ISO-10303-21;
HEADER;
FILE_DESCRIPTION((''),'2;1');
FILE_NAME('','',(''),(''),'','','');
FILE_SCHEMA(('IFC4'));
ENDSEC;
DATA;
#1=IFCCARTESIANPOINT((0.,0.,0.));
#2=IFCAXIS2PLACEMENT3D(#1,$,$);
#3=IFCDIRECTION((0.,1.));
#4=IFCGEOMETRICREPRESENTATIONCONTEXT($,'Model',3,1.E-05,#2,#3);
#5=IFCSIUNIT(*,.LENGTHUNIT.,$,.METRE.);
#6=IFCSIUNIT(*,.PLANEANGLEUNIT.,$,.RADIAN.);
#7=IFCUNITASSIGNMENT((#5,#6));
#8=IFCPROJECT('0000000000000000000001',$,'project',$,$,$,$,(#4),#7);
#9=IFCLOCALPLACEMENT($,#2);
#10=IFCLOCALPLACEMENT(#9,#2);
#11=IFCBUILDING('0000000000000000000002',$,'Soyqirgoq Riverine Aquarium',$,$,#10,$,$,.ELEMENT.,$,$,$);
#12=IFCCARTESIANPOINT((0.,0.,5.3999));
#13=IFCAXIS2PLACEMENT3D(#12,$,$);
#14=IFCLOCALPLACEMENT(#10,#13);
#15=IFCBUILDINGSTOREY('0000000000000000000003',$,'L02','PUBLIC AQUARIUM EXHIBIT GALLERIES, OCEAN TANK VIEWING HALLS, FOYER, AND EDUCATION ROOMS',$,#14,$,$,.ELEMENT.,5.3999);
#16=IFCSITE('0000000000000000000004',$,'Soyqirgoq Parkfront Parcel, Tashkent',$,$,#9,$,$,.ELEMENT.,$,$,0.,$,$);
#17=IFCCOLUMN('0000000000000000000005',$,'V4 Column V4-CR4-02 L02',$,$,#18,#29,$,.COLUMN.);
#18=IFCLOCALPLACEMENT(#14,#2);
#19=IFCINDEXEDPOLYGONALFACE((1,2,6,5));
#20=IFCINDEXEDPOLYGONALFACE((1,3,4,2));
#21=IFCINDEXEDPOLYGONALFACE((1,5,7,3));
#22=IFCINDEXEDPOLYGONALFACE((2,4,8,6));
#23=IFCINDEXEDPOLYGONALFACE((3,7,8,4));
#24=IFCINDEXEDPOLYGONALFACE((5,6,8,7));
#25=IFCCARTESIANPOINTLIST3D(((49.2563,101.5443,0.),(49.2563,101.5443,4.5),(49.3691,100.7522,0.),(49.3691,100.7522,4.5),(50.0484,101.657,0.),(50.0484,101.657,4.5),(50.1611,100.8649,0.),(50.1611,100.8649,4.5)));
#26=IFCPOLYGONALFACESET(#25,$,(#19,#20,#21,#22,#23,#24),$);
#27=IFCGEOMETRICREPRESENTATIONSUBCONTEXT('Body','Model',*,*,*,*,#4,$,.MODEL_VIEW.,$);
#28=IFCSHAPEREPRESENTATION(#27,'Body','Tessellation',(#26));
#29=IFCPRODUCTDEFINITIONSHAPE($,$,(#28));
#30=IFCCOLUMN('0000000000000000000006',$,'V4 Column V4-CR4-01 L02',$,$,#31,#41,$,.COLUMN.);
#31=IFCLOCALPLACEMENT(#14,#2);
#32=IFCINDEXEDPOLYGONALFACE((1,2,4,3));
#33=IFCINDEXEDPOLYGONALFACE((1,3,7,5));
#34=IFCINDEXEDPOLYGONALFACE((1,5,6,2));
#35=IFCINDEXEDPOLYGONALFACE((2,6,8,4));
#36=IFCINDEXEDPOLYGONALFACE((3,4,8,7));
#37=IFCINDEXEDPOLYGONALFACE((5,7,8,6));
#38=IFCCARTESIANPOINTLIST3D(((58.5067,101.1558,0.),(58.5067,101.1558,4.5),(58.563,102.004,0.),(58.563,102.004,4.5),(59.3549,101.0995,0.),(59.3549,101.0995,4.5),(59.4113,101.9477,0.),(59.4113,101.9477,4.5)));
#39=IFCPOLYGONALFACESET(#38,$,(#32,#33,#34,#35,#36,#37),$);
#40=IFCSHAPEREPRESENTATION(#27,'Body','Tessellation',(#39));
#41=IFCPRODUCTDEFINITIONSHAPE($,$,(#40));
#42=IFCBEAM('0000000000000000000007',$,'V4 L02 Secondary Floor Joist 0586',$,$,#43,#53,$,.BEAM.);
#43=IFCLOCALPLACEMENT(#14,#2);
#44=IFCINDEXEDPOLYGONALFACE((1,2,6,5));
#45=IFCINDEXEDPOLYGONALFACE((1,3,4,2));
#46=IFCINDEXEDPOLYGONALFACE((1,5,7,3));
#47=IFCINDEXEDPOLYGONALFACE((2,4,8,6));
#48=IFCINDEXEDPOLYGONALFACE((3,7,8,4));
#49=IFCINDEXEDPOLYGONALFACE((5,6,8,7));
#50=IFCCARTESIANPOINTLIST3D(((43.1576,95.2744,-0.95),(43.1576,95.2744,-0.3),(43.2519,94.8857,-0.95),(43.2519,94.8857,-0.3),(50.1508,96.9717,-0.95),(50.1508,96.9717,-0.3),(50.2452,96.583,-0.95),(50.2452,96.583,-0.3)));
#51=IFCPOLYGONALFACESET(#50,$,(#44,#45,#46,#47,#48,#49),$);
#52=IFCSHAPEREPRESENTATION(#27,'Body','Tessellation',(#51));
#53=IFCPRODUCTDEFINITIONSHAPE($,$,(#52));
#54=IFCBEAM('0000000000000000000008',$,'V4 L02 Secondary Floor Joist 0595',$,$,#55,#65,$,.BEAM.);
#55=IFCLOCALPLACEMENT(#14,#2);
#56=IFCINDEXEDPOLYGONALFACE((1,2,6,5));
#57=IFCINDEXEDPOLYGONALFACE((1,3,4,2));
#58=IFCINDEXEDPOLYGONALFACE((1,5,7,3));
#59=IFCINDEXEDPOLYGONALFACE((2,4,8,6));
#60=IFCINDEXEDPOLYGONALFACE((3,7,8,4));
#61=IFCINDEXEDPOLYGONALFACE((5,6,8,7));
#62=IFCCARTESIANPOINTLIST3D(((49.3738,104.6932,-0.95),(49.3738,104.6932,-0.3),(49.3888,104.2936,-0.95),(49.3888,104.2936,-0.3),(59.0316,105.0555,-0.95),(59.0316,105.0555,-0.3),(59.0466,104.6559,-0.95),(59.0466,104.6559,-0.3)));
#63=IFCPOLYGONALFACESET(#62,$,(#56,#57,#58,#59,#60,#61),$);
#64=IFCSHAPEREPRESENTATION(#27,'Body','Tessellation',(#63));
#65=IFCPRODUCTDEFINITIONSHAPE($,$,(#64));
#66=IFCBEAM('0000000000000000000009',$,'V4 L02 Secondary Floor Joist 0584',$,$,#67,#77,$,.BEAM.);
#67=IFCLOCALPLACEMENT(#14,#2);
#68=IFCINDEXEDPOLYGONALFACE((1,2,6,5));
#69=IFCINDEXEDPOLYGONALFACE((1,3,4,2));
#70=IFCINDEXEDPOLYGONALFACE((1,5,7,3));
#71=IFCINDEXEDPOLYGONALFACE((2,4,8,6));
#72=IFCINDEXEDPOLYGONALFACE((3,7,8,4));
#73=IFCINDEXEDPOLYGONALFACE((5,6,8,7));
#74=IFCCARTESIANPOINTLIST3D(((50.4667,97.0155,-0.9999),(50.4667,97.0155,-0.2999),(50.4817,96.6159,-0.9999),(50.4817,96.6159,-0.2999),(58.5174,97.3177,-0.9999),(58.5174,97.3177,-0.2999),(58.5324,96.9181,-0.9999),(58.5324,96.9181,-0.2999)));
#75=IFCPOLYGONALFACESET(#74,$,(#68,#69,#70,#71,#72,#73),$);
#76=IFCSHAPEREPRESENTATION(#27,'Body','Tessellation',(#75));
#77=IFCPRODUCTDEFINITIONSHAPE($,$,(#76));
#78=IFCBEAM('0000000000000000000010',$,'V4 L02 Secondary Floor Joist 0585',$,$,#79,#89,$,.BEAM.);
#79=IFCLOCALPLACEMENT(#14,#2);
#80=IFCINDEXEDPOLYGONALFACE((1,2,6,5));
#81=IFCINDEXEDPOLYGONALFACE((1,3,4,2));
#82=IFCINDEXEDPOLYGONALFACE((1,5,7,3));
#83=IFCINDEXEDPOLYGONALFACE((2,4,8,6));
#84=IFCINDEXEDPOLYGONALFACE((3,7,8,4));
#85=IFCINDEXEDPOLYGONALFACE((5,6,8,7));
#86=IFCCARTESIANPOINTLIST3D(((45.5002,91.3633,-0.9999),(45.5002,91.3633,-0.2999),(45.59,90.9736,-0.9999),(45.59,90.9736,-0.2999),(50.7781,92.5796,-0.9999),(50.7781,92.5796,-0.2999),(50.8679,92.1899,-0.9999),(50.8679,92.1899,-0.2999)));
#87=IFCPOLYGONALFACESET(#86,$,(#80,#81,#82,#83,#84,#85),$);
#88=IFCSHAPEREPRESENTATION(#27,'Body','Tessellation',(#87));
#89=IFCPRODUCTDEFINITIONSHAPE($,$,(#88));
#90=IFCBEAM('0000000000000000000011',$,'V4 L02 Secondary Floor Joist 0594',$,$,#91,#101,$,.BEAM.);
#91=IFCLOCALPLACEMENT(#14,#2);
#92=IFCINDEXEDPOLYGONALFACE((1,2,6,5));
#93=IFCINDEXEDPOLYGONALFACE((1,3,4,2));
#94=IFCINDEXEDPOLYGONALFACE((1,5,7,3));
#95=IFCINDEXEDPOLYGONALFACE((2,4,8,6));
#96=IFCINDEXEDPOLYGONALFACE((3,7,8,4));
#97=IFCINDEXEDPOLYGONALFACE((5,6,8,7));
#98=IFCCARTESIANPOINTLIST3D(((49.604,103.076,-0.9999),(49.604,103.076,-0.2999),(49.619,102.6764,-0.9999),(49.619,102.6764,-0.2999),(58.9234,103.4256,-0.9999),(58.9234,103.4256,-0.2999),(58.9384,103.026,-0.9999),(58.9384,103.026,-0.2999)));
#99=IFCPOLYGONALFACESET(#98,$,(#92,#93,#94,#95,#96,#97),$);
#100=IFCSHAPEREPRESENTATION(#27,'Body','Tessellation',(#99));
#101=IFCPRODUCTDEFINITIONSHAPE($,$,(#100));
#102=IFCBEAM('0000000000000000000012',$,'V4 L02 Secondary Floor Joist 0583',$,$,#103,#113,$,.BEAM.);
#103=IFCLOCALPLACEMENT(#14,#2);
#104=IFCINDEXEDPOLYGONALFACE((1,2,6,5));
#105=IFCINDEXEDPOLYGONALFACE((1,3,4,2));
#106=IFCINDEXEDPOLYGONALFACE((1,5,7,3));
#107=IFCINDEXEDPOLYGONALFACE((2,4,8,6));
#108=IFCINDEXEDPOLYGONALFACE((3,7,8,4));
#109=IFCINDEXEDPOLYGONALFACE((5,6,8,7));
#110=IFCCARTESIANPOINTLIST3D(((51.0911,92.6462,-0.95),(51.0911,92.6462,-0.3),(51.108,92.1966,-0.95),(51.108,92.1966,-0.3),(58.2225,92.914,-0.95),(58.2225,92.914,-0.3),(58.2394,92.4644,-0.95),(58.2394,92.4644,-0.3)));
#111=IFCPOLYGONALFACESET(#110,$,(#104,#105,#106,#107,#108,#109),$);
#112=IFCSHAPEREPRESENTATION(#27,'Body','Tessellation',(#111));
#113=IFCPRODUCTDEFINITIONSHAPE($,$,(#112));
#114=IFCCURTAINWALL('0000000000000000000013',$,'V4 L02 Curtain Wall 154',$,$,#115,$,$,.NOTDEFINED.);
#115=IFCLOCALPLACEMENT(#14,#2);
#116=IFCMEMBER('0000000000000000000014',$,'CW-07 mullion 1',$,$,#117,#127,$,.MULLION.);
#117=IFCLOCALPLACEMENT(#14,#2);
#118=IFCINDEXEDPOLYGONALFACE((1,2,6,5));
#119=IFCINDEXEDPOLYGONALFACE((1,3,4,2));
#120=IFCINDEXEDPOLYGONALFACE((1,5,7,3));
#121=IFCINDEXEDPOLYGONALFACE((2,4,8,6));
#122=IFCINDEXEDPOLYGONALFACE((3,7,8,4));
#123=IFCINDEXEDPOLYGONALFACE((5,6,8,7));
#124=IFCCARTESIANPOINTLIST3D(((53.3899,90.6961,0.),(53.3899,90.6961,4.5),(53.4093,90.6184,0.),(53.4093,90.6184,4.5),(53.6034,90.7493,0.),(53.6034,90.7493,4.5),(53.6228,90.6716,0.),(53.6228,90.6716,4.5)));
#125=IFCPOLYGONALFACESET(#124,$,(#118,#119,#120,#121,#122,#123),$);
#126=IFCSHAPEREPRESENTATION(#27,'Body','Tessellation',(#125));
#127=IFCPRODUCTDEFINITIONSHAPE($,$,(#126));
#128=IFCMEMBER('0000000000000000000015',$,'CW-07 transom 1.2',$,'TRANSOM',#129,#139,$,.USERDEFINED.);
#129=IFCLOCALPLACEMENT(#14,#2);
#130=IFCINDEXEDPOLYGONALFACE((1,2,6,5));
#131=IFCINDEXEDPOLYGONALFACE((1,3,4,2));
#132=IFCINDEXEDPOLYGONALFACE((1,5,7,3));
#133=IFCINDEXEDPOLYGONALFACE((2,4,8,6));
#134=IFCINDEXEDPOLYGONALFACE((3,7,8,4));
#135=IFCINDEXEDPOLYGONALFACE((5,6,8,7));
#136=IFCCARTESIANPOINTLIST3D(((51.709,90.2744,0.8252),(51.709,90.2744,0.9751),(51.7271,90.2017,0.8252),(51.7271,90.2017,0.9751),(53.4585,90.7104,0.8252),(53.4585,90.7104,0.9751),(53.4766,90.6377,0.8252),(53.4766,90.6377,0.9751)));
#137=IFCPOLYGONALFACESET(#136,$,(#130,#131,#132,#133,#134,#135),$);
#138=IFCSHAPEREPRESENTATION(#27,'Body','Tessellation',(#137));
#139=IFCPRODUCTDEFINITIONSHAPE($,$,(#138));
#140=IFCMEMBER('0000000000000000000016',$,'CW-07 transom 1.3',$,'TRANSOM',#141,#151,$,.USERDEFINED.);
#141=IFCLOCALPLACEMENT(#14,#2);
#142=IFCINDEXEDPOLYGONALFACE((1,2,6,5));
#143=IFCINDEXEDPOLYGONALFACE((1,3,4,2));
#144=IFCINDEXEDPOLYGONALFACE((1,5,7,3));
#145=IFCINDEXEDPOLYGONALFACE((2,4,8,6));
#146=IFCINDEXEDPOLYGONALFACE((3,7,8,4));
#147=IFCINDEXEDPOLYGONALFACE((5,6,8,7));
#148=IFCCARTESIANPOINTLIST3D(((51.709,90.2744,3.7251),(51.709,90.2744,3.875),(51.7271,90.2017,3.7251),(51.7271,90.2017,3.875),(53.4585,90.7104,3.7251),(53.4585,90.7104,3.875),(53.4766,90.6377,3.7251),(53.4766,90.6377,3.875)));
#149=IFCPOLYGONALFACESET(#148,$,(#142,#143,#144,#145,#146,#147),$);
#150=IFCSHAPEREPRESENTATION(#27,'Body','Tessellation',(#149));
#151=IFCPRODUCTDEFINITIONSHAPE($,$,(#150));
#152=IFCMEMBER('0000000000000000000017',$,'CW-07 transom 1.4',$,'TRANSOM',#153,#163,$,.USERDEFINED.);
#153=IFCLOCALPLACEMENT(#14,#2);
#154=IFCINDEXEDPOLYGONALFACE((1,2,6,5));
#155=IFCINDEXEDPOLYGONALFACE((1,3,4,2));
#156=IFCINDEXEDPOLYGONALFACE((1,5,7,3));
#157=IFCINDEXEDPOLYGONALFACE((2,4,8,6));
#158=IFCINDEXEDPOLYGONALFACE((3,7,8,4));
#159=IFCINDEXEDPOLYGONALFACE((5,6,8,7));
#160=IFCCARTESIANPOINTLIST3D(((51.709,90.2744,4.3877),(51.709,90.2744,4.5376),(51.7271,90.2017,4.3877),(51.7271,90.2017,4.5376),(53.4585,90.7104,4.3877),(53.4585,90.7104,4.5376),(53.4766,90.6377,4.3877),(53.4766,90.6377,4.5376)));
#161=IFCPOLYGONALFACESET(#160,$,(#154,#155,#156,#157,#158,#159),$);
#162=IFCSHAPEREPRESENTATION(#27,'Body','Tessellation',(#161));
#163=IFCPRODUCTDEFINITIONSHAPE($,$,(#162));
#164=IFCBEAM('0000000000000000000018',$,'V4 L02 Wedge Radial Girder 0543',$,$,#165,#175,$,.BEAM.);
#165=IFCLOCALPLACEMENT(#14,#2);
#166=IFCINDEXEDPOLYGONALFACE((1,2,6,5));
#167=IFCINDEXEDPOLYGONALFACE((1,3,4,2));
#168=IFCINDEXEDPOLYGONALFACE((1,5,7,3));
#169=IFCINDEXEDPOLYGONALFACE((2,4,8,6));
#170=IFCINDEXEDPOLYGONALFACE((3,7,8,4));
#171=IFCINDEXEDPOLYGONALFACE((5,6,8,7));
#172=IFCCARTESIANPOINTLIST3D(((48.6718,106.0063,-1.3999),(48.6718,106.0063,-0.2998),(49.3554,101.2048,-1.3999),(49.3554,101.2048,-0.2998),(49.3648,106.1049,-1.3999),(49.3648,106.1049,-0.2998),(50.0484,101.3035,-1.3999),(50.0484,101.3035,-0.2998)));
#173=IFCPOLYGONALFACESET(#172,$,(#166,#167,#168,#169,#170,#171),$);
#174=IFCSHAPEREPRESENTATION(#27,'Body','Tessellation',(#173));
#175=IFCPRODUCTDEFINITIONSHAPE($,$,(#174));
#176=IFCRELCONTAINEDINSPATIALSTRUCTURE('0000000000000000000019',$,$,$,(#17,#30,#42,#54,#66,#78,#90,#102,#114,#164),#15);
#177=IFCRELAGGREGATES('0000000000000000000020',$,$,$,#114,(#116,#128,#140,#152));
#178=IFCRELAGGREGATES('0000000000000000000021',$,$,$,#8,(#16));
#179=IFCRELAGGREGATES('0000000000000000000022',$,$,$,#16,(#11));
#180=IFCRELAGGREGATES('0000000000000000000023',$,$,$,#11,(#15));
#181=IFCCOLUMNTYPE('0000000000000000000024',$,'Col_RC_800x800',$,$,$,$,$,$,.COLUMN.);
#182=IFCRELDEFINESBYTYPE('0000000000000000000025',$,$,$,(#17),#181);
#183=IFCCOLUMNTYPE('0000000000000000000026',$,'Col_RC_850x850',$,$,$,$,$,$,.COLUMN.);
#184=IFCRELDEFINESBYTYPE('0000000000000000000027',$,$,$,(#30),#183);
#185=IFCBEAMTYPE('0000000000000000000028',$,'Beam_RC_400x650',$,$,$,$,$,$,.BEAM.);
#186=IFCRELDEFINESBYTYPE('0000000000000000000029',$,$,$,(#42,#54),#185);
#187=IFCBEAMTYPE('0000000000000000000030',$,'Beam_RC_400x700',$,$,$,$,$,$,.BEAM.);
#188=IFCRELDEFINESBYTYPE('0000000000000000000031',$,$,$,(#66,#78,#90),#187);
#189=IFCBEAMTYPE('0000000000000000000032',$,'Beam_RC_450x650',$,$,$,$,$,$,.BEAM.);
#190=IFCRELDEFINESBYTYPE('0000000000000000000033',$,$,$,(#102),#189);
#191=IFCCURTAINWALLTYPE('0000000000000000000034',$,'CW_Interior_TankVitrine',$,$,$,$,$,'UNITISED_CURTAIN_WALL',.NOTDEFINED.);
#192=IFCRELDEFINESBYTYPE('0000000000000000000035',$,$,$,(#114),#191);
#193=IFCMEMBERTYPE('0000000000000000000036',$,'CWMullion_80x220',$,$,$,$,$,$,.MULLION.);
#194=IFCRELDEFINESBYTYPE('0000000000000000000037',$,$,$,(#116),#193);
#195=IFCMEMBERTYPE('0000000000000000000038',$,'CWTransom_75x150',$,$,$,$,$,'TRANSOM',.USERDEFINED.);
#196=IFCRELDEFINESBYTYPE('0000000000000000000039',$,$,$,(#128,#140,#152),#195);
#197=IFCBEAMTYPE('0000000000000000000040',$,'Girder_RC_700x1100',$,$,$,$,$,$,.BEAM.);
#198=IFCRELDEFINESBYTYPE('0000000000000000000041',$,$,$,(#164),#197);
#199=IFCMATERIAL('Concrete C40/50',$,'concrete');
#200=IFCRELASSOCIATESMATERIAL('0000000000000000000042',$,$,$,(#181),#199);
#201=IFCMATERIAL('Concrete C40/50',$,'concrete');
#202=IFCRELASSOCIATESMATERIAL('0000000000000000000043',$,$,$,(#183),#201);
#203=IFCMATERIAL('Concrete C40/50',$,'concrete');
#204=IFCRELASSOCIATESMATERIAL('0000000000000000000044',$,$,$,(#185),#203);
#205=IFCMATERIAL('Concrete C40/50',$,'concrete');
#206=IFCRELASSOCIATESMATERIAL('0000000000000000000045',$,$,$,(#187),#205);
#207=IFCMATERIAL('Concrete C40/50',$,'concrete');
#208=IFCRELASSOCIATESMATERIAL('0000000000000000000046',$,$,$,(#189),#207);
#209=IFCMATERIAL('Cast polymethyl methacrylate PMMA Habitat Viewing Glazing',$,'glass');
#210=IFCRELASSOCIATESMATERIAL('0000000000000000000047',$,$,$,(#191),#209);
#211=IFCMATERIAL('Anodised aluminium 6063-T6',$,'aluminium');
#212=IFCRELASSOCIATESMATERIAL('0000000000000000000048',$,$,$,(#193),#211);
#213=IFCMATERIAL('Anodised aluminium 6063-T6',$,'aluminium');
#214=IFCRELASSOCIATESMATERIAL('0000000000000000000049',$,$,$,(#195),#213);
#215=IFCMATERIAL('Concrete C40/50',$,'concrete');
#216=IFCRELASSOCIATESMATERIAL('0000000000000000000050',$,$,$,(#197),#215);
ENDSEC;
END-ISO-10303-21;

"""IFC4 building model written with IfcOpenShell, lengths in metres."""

from ifc_helpers import new_model, si_unit, direction, frame, origin, origin_2d, place, context, subcontext, project, spatial, rectangle, extrude, material, material_profile, profile_set, type_object, element, aggregate, save


model = new_model("IFC4")

# Units and contexts
model_context = context("Model", 3, precision=1e-05, world=origin(), true_north=direction((0.0, 1.0)))
body_context = subcontext(model_context, "Body", "Model", "MODEL_VIEW")
ifc_project = project(units=[si_unit("LENGTHUNIT", "METRE"), si_unit("PLANEANGLEUNIT", "RADIAN")], contexts=[model_context])

# Site, building, storey
site_placement = place(None, origin())
site = spatial("IfcSite", under=ifc_project, at=site_placement, Name="Soyqirgoq Parkfront Parcel, Tashkent", CompositionType="ELEMENT", RefElevation=0.0)
building_placement = place(site_placement, origin())
building = spatial("IfcBuilding", under=site, at=building_placement, Name="Soyqirgoq Riverine Aquarium", CompositionType="ELEMENT")
storey_placement = place(building_placement, frame((0.0, 0.0, 5.3999)))
storey = spatial("IfcBuildingStorey", under=building, at=storey_placement, Name="L02", Description="PUBLIC AQUARIUM EXHIBIT GALLERIES, OCEAN TANK VIEWING HALLS, FOYER, AND EDUCATION ROOMS", CompositionType="ELEMENT", Elevation=5.3999)

# Columns
ifc_material_1 = material(Name="Concrete C40/50", Category="concrete")
ifc_material_profile_1 = material_profile(ifc_material_1, rectangle(XDim=0.8, YDim=0.8, at=origin_2d()), Name="RC 800x800")
ifc_profile_set_1 = profile_set([ifc_material_profile_1], Name="Concrete C40/50")
column_type_1 = type_object("IfcColumnType", Name="Col_RC_800x800", PredefinedType="COLUMN", material=ifc_profile_set_1)
column_1_placement = place(storey_placement, frame((49.7087, 101.2046, 0.0), z_axis=(0.0, 0.0, 1.0), x_axis=(-0.140901, 0.990024, 0.0)))
element("IfcColumn", 1, at=column_1_placement, inside=storey, type_object=column_type_1, Name="V4 Column V4-CR4-02 L02", PredefinedType="COLUMN", context=body_context, shape_type="SweptSolid", body=[
    extrude(rectangle(XDim=0.8, YDim=0.8, at=origin_2d()), origin(), (0.0, 0.0, 1.0), 4.5),
])
ifc_material_2 = material(Name="Concrete C40/50", Category="concrete")
ifc_material_profile_2 = material_profile(ifc_material_2, rectangle(XDim=0.8501, YDim=0.8501, at=origin_2d()), Name="RC 850x850")
ifc_profile_set_2 = profile_set([ifc_material_profile_2], Name="Concrete C40/50")
column_type_2 = type_object("IfcColumnType", Name="Col_RC_850x850", PredefinedType="COLUMN", material=ifc_profile_set_2)
column_2_placement = place(storey_placement, frame((58.959, 101.5518, 0.0), z_axis=(0.0, 0.0, 1.0), x_axis=(0.066274, 0.997801, 0.0)))
element("IfcColumn", 2, at=column_2_placement, inside=storey, type_object=column_type_2, Name="V4 Column V4-CR4-01 L02", PredefinedType="COLUMN", context=body_context, shape_type="SweptSolid", body=[
    extrude(rectangle(XDim=0.8501, YDim=0.8501, at=origin_2d()), origin(), (0.0, 0.0, 1.0), 4.5),
])

# Beams
ifc_material_3 = material(Name="Concrete C40/50", Category="concrete")
ifc_material_profile_3 = material_profile(ifc_material_3, rectangle(XDim=0.3999, YDim=0.6499, at=origin_2d()), Name="RC 400x650")
ifc_profile_set_3 = profile_set([ifc_material_profile_3], Name="Concrete C40/50")
beam_type_1 = type_object("IfcBeamType", Name="Beam_RC_400x650", PredefinedType="BEAM", material=ifc_profile_set_3)
beam_1_placement = place(storey_placement, frame((50.198, 96.7773, -0.625), z_axis=(-0.971788, -0.235856, 0.0), x_axis=(0.235856, -0.971788, 0.0)))
element("IfcBeam", 3, at=beam_1_placement, inside=storey, type_object=beam_type_1, Name="V4 L02 Secondary Floor Joist 0586", PredefinedType="BEAM", context=body_context, shape_type="SweptSolid", body=[
    extrude(rectangle(XDim=0.3999, YDim=0.6499, at=origin_2d()), origin(), (0.0, 0.0, 1.0), 7.1963),
])
beam_2_placement = place(storey_placement, frame((59.0391, 104.8557, -0.625), z_axis=(-0.999297, -0.037488, 0.0), x_axis=(0.037488, -0.999297, 0.0)))
element("IfcBeam", 4, at=beam_2_placement, inside=storey, type_object=beam_type_1, Name="V4 L02 Secondary Floor Joist 0595", PredefinedType="BEAM", context=body_context, shape_type="SweptSolid", body=[
    extrude(rectangle(XDim=0.3999, YDim=0.6499, at=origin_2d()), origin(), (0.0, 0.0, 1.0), 9.6646),
])
ifc_material_4 = material(Name="Concrete C40/50", Category="concrete")
ifc_material_profile_4 = material_profile(ifc_material_4, rectangle(XDim=0.3999, YDim=0.7, at=origin_2d()), Name="RC 400x700")
ifc_profile_set_4 = profile_set([ifc_material_profile_4], Name="Concrete C40/50")
beam_type_2 = type_object("IfcBeamType", Name="Beam_RC_400x700", PredefinedType="BEAM", material=ifc_profile_set_4)
beam_3_placement = place(storey_placement, frame((58.5249, 97.1179, -0.6499), z_axis=(-0.999296, -0.037516, 0.0), x_axis=(0.037516, -0.999296, 0.0)))
element("IfcBeam", 5, at=beam_3_placement, inside=storey, type_object=beam_type_2, Name="V4 L02 Secondary Floor Joist 0584", PredefinedType="BEAM", context=body_context, shape_type="SweptSolid", body=[
    extrude(rectangle(XDim=0.3999, YDim=0.7, at=origin_2d()), origin(), (0.0, 0.0, 1.0), 8.0564),
])
beam_4_placement = place(storey_placement, frame((50.823, 92.3848, -0.6499), z_axis=(-0.974458, -0.22457, 0.0), x_axis=(0.22457, -0.974458, 0.0)))
element("IfcBeam", 6, at=beam_4_placement, inside=storey, type_object=beam_type_2, Name="V4 L02 Secondary Floor Joist 0585", PredefinedType="BEAM", context=body_context, shape_type="SweptSolid", body=[
    extrude(rectangle(XDim=0.3999, YDim=0.7, at=origin_2d()), origin(), (0.0, 0.0, 1.0), 5.4163),
])
beam_5_placement = place(storey_placement, frame((58.9309, 103.2258, -0.6499), z_axis=(-0.999297, -0.037488, 0.0), x_axis=(0.037488, -0.999297, 0.0)))
element("IfcBeam", 7, at=beam_5_placement, inside=storey, type_object=beam_type_2, Name="V4 L02 Secondary Floor Joist 0594", PredefinedType="BEAM", context=body_context, shape_type="SweptSolid", body=[
    extrude(rectangle(XDim=0.3999, YDim=0.7, at=origin_2d()), origin(), (0.0, 0.0, 1.0), 9.3259),
])
ifc_material_5 = material(Name="Concrete C40/50", Category="concrete")
ifc_material_profile_5 = material_profile(ifc_material_5, rectangle(XDim=0.45, YDim=0.6499, at=origin_2d()), Name="RC 450x650")
ifc_profile_set_5 = profile_set([ifc_material_profile_5], Name="Concrete C40/50")
beam_type_3 = type_object("IfcBeamType", Name="Beam_RC_450x650", PredefinedType="BEAM", material=ifc_profile_set_5)
beam_6_placement = place(storey_placement, frame((58.231, 92.6892, -0.625), z_axis=(-0.999296, -0.037529, 0.0), x_axis=(0.037529, -0.999296, 0.0)))
element("IfcBeam", 8, at=beam_6_placement, inside=storey, type_object=beam_type_3, Name="V4 L02 Secondary Floor Joist 0583", PredefinedType="BEAM", context=body_context, shape_type="SweptSolid", body=[
    extrude(rectangle(XDim=0.45, YDim=0.6499, at=origin_2d()), origin(), (0.0, 0.0, 1.0), 7.1365),
])

# Curtain wall, members
ifc_material_6 = material(Name="Cast polymethyl methacrylate PMMA Habitat Viewing Glazing", Category="glass")
curtain_wall_type = type_object("IfcCurtainWallType", Name="CW_Interior_TankVitrine", ElementType="UNITISED_CURTAIN_WALL", PredefinedType="NOTDEFINED", material=ifc_material_6)
curtain_wall_placement = place(storey_placement, origin())
curtain_wall = element("IfcCurtainWall", 9, at=curtain_wall_placement, inside=storey, type_object=curtain_wall_type, Name="V4 L02 Curtain Wall 154", PredefinedType="NOTDEFINED")
ifc_material_7 = material(Name="Anodised aluminium 6063-T6", Category="aluminium")
ifc_material_profile_6 = material_profile(ifc_material_7, rectangle(XDim=0.0801, YDim=0.22, at=origin_2d()), Name="ALU-M 80x220")
ifc_profile_set_6 = profile_set([ifc_material_profile_6], Name="Anodised aluminium 6063-T6")
member_type_1 = type_object("IfcMemberType", Name="CWMullion_80x220", PredefinedType="MULLION", material=ifc_profile_set_6)
member_1_placement = place(storey_placement, frame((53.5063, 90.6838, 0.0), z_axis=(0.0, 0.0, 1.0), x_axis=(0.241926, -0.970295, 0.0)))
member_1 = element("IfcMember", 10, at=member_1_placement, type_object=member_type_1, Name="CW-07 mullion 1", PredefinedType="MULLION", context=body_context, shape_type="SweptSolid", body=[
    extrude(rectangle(XDim=0.0801, YDim=0.22, at=origin_2d()), origin(), (0.0, 0.0, 1.0), 4.5),
])
ifc_material_8 = material(Name="Anodised aluminium 6063-T6", Category="aluminium")
ifc_material_profile_7 = material_profile(ifc_material_8, rectangle(XDim=0.075, YDim=0.1499, at=origin_2d()), Name="ALU-T 75x150")
ifc_profile_set_7 = profile_set([ifc_material_profile_7], Name="Anodised aluminium 6063-T6")
member_type_2 = type_object("IfcMemberType", Name="CWTransom_75x150", ElementType="TRANSOM", PredefinedType="USERDEFINED", material=ifc_profile_set_7)
member_2_placement = place(storey_placement, frame((53.4675, 90.6741, 0.9001), z_axis=(-0.970317, -0.241835, 0.0), x_axis=(0.241835, -0.970317, 0.0)))
member_2 = element("IfcMember", 11, at=member_2_placement, type_object=member_type_2, Name="CW-07 transom 1.2", ObjectType="TRANSOM", PredefinedType="USERDEFINED", context=body_context, shape_type="SweptSolid", body=[
    extrude(rectangle(XDim=0.075, YDim=0.1499, at=origin_2d()), origin(), (0.0, 0.0, 1.0), 1.803),
])
member_3_placement = place(storey_placement, frame((53.4675, 90.6741, 3.8), z_axis=(-0.970317, -0.241835, 0.0), x_axis=(0.241835, -0.970317, 0.0)))
member_3 = element("IfcMember", 12, at=member_3_placement, type_object=member_type_2, Name="CW-07 transom 1.3", ObjectType="TRANSOM", PredefinedType="USERDEFINED", context=body_context, shape_type="SweptSolid", body=[
    extrude(rectangle(XDim=0.075, YDim=0.1499, at=origin_2d()), origin(), (0.0, 0.0, 1.0), 1.803),
])
member_4_placement = place(storey_placement, frame((53.4675, 90.6741, 4.4626), z_axis=(-0.970317, -0.241835, 0.0), x_axis=(0.241835, -0.970317, 0.0)))
member_4 = element("IfcMember", 13, at=member_4_placement, type_object=member_type_2, Name="CW-07 transom 1.4", ObjectType="TRANSOM", PredefinedType="USERDEFINED", context=body_context, shape_type="SweptSolid", body=[
    extrude(rectangle(XDim=0.075, YDim=0.1499, at=origin_2d()), origin(), (0.0, 0.0, 1.0), 1.803),
])
aggregate(curtain_wall, [member_1, member_2, member_3, member_4])

# Beam
ifc_material_9 = material(Name="Concrete C40/50", Category="concrete")
ifc_material_profile_8 = material_profile(ifc_material_9, rectangle(XDim=0.7, YDim=1.1001, at=origin_2d()), Name="RC 700x1100")
ifc_profile_set_8 = profile_set([ifc_material_profile_8], Name="Concrete C40/50")
beam_type_4 = type_object("IfcBeamType", Name="Girder_RC_700x1100", PredefinedType="BEAM", material=ifc_profile_set_8)
beam_7_placement = place(storey_placement, frame((49.7019, 101.2542, -0.8499), z_axis=(-0.140949, 0.990017, 0.0), x_axis=(-0.990017, -0.140949, 0.0)))
element("IfcBeam", 14, at=beam_7_placement, inside=storey, type_object=beam_type_4, Name="V4 L02 Wedge Radial Girder 0543", PredefinedType="BEAM", context=body_context, shape_type="SweptSolid", body=[
    extrude(rectangle(XDim=0.7, YDim=1.1001, at=origin_2d()), origin(), (0.0, 0.0, 1.0), 4.8499),
])

save(model, "model.ifc")
